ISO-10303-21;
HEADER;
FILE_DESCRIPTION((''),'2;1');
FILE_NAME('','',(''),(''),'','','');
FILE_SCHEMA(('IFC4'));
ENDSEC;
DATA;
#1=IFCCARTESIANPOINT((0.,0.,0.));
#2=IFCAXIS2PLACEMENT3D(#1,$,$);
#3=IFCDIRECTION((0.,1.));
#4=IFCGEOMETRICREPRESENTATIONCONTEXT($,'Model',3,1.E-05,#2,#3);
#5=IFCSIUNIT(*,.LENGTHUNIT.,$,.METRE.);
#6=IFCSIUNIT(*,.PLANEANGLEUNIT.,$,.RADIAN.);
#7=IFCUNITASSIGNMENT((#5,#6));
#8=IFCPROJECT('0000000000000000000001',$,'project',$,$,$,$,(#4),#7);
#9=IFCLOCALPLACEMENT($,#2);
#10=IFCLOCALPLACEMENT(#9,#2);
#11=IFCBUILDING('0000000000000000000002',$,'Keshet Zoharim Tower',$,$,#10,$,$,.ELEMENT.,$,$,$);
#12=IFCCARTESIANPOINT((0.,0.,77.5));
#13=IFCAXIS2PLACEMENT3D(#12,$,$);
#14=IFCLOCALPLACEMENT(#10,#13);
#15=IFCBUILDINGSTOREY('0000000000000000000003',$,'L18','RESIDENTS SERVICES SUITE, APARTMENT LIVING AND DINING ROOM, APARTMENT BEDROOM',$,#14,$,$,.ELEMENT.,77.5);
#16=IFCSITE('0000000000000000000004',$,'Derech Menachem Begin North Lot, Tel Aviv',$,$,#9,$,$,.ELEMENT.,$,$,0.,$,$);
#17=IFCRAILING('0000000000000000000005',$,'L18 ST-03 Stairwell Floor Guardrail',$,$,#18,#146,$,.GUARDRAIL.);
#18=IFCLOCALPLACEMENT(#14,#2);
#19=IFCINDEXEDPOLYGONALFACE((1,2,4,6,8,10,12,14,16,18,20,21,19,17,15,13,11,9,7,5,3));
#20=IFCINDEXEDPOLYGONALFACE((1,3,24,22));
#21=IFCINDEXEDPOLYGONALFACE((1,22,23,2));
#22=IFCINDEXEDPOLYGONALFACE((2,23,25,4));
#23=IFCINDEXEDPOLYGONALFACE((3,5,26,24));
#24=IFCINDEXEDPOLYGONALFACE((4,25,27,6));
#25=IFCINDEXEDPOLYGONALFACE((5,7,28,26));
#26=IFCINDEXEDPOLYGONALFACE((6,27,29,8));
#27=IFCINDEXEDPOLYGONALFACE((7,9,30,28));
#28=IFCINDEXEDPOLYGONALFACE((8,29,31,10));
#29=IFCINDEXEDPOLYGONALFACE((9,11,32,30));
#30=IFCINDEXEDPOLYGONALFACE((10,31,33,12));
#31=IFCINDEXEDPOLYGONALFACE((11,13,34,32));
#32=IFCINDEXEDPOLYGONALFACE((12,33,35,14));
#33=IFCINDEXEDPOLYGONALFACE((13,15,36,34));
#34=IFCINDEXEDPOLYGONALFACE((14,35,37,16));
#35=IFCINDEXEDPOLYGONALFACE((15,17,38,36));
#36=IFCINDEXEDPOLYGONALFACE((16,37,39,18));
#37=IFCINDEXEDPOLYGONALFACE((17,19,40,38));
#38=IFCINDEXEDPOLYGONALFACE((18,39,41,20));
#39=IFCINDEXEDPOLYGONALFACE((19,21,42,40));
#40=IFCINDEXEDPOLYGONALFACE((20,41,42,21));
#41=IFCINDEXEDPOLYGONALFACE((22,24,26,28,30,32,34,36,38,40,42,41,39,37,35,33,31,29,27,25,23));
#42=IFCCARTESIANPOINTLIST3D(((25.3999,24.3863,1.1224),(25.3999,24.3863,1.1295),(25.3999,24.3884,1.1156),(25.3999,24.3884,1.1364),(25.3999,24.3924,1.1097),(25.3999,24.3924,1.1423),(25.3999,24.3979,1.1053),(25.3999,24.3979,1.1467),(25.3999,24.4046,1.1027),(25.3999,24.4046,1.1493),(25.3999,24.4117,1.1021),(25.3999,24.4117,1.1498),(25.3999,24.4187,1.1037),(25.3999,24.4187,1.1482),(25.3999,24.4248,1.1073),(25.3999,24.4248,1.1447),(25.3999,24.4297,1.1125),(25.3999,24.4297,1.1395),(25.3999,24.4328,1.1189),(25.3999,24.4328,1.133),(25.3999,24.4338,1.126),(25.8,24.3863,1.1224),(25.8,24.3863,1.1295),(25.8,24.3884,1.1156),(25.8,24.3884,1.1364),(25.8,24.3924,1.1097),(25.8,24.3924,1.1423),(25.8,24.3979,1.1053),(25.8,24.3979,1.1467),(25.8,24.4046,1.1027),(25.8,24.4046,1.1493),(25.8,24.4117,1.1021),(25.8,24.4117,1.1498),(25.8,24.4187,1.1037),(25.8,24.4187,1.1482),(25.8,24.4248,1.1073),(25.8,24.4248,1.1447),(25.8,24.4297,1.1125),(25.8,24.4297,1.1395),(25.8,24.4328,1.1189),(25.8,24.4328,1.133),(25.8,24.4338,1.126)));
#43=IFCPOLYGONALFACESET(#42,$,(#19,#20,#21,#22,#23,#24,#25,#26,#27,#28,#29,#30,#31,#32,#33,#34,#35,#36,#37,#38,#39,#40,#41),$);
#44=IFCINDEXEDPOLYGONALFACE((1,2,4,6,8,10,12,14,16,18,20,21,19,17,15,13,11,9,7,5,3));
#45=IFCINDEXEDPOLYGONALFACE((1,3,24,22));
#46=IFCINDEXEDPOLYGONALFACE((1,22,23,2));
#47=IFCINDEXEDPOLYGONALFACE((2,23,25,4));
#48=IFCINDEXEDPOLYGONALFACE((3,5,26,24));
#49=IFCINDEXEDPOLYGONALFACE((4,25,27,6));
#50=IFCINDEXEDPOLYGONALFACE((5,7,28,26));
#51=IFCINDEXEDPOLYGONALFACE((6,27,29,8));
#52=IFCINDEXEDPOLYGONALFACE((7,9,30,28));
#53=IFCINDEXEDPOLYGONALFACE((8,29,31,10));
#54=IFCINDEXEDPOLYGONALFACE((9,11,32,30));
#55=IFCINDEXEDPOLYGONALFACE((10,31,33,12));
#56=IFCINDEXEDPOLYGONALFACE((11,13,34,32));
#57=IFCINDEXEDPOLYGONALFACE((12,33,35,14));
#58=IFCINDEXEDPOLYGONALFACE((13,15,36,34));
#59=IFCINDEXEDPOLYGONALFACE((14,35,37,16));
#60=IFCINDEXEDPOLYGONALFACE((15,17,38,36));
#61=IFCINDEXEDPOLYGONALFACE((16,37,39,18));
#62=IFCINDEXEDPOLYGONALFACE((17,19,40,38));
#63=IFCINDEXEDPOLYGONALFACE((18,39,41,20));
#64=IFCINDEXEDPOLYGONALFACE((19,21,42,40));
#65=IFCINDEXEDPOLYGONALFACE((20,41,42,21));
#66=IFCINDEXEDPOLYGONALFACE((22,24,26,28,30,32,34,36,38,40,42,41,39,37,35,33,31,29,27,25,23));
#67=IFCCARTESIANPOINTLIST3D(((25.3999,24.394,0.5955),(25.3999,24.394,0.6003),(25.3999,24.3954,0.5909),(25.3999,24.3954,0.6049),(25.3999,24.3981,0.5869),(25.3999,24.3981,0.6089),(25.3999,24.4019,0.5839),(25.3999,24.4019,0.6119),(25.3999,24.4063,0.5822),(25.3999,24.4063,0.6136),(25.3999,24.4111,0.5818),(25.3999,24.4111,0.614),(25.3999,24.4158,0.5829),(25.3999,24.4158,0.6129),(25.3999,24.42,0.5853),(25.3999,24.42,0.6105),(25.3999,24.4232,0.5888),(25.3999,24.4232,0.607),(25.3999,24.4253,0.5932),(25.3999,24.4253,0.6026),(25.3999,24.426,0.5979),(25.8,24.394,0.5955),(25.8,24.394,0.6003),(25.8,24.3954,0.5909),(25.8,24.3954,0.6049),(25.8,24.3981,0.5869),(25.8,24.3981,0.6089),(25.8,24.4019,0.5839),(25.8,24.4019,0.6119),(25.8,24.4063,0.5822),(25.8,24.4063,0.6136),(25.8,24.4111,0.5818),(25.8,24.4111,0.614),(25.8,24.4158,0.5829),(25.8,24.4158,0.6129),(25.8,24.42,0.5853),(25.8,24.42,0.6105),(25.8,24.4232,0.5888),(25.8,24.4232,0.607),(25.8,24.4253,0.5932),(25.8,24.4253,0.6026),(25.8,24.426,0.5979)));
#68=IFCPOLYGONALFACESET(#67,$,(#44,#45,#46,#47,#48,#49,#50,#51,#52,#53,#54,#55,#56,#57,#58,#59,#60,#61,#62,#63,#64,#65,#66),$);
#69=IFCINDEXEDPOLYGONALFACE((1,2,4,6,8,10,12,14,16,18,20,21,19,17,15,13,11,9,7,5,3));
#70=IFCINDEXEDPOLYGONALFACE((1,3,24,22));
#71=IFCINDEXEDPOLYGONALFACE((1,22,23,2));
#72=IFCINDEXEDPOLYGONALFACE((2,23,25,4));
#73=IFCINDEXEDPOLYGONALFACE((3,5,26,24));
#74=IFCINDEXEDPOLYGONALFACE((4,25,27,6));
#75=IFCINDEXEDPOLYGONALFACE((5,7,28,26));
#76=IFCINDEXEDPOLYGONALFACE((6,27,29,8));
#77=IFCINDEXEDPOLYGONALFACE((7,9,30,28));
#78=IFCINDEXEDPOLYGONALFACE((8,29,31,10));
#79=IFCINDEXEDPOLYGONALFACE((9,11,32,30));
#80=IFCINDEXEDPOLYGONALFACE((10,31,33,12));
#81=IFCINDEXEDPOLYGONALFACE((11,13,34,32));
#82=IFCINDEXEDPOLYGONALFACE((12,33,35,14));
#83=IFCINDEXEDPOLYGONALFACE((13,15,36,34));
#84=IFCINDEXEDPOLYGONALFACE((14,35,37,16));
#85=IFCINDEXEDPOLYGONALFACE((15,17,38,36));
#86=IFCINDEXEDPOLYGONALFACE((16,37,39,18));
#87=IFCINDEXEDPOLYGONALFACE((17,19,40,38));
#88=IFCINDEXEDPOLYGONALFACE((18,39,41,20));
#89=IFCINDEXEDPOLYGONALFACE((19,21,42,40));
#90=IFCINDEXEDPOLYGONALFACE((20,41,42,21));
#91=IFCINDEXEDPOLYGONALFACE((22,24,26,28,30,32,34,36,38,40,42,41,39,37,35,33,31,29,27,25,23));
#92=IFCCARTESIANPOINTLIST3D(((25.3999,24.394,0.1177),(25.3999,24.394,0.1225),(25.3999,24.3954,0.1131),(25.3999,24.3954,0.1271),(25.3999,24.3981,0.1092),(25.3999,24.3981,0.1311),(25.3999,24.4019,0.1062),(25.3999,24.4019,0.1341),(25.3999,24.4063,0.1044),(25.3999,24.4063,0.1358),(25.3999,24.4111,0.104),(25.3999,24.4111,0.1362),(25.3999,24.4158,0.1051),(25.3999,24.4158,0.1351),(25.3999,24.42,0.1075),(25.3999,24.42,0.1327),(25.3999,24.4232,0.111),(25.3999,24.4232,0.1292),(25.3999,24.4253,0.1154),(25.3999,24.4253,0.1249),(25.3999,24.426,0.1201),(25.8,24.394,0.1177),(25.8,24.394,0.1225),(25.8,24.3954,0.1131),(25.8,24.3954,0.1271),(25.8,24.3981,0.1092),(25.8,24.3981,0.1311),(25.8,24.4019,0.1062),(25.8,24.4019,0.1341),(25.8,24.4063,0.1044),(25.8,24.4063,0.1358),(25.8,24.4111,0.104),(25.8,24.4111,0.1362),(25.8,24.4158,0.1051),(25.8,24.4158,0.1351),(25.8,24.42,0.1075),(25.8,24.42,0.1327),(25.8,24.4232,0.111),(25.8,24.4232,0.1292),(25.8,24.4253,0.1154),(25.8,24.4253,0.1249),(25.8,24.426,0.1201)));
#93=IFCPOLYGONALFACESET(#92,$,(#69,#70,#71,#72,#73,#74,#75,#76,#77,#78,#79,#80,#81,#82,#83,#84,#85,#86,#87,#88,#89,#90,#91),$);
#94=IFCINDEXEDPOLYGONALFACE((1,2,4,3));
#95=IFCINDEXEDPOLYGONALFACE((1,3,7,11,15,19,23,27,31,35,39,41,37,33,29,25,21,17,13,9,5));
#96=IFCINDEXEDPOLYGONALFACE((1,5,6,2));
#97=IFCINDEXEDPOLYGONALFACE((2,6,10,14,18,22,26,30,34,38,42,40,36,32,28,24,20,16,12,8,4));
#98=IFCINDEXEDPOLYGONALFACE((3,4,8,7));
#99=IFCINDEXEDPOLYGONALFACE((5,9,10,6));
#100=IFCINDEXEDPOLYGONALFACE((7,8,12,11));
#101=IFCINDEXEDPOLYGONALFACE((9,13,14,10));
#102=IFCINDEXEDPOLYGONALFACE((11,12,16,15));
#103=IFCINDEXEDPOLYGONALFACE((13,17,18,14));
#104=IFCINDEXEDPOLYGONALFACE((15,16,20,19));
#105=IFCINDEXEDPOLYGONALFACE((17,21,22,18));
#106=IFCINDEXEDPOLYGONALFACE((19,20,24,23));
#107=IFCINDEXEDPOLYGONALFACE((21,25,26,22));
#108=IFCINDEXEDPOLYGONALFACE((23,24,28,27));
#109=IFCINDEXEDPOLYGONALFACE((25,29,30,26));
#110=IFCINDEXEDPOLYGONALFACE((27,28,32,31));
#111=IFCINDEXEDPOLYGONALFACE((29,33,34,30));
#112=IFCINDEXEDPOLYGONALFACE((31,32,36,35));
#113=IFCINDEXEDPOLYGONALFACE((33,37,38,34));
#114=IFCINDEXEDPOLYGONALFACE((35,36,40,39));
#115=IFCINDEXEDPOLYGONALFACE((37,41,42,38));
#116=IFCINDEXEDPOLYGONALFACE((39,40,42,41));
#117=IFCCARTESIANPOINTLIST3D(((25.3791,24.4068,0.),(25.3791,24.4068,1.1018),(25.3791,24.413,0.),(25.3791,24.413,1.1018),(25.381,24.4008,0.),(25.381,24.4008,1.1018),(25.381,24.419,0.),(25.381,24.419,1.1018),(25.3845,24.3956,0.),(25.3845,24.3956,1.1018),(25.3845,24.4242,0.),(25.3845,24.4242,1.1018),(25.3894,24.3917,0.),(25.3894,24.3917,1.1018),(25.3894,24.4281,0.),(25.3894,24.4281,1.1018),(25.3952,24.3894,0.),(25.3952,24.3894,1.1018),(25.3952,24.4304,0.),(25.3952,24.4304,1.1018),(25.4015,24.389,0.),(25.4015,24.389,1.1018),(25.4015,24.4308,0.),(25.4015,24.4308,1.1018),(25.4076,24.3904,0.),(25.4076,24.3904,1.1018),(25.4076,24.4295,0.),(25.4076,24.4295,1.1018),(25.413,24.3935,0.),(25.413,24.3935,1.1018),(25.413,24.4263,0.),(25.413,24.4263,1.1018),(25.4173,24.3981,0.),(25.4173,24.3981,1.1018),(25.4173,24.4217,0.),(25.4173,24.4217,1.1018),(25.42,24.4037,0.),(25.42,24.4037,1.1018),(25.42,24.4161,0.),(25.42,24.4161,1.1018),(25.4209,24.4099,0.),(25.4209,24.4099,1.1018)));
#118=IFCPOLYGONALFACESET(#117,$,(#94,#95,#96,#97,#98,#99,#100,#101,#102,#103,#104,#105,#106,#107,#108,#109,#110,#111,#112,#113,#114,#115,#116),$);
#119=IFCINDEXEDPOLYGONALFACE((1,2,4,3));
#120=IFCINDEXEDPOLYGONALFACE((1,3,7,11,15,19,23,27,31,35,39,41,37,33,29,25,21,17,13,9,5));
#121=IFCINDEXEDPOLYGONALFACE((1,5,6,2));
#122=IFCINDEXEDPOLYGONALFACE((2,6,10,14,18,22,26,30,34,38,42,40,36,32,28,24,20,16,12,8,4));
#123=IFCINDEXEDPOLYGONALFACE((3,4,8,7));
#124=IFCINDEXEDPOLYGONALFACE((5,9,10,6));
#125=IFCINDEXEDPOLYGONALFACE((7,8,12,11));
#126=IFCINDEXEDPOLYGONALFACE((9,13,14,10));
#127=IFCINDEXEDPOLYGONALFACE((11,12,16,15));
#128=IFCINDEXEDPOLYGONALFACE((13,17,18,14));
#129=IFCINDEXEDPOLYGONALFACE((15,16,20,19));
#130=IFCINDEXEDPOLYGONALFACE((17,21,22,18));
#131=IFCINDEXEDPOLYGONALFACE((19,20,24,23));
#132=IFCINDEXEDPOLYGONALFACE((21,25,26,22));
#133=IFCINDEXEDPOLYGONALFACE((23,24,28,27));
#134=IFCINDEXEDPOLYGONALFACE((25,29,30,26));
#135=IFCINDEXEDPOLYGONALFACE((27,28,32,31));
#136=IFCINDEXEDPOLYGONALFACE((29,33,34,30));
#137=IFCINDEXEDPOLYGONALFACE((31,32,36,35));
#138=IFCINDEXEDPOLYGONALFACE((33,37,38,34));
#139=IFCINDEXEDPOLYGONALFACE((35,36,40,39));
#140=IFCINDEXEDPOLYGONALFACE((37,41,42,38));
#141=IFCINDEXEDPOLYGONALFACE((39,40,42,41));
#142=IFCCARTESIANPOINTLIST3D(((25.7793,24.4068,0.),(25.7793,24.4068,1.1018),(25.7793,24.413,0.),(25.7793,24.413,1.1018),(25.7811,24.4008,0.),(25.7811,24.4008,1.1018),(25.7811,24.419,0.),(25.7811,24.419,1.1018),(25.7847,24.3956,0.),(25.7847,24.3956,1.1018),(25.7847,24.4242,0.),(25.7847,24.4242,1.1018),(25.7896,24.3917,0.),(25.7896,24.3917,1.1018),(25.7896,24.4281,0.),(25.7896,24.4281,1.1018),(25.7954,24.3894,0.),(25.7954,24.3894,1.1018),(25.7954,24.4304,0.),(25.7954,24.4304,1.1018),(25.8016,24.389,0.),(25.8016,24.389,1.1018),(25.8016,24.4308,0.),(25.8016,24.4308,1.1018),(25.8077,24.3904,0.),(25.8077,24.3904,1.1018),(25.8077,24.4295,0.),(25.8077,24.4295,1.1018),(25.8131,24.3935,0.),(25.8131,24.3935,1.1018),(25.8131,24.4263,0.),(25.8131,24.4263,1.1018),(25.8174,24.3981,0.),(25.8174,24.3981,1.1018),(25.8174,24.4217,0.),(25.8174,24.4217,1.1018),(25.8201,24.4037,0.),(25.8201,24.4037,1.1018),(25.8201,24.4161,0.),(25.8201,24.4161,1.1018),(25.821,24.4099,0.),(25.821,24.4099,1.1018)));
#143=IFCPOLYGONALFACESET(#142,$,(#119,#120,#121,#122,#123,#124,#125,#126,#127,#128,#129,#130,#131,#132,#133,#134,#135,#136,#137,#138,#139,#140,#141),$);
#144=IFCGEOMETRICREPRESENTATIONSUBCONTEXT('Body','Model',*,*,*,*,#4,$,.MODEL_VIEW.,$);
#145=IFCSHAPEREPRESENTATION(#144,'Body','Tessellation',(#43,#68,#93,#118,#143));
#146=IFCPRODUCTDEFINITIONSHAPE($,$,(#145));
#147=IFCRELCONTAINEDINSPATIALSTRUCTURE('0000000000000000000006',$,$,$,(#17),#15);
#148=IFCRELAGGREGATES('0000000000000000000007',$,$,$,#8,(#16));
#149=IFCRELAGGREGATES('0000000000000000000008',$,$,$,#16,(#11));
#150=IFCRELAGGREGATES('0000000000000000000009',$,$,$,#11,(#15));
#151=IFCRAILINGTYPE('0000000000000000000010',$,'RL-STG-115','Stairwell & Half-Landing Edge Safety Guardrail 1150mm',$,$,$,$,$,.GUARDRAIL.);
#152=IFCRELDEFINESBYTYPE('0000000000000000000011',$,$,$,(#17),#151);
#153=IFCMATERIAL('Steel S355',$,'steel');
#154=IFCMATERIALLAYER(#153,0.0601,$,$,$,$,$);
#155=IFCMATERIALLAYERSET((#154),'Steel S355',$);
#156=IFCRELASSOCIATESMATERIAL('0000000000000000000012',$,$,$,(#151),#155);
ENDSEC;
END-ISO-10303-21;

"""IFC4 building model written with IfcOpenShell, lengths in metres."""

from ifc_helpers import new_model, si_unit, direction, frame, origin, origin_2d, place, context, subcontext, project, spatial, circle, extrude, material, layer, layer_set, type_object, element, save


model = new_model("IFC4")

# Units and contexts
model_context = context("Model", 3, precision=1e-05, world=origin(), true_north=direction((0.0, 1.0)))
body_context = subcontext(model_context, "Body", "Model", "MODEL_VIEW")
ifc_project = project(units=[si_unit("LENGTHUNIT", "METRE"), si_unit("PLANEANGLEUNIT", "RADIAN")], contexts=[model_context])

# Site, building, storey
site_placement = place(None, origin())
site = spatial("IfcSite", under=ifc_project, at=site_placement, Name="Derech Menachem Begin North Lot, Tel Aviv", CompositionType="ELEMENT", RefElevation=0.0)
building_placement = place(site_placement, origin())
building = spatial("IfcBuilding", under=site, at=building_placement, Name="Keshet Zoharim Tower", CompositionType="ELEMENT")
storey_placement = place(building_placement, frame((0.0, 0.0, 77.5)))
storey = spatial("IfcBuildingStorey", under=building, at=storey_placement, Name="L18", Description="RESIDENTS SERVICES SUITE, APARTMENT LIVING AND DINING ROOM, APARTMENT BEDROOM", CompositionType="ELEMENT", Elevation=77.5)

# Shared definitions
ifc_material_1 = material(Name="Steel S355", Category="steel")

# Railing
ifc_layer_1 = layer(ifc_material_1, 0.0601)
ifc_layer_set_1 = layer_set([ifc_layer_1], Name="Steel S355")
railing_type = type_object("IfcRailingType", Name="RL-STG-115", Description="Stairwell & Half-Landing Edge Safety Guardrail 1150mm", PredefinedType="GUARDRAIL", material=ifc_layer_set_1)
railing_placement = place(storey_placement, frame((25.3999, 24.4099, 0.0)))
element("IfcRailing", 1, at=railing_placement, inside=storey, type_object=railing_type, Name="L18 ST-03 Stairwell Floor Guardrail", PredefinedType="GUARDRAIL", context=body_context, shape_type="SweptSolid", body=[
    extrude(circle(Radius=0.0239, at=origin_2d()), frame((0.0, 0.0, 1.126), z_axis=(1.0, 0.0, 0.0), x_axis=(0.0, 1.0, 0.0)), (0.0, 0.0, 1.0), 0.4001),
    extrude(circle(Radius=0.0161, at=origin_2d()), frame((0.0, 0.0, 0.5979), z_axis=(1.0, 0.0, 0.0), x_axis=(0.0, 1.0, 0.0)), (0.0, 0.0, 1.0), 0.4001),
    extrude(circle(Radius=0.0161, at=origin_2d()), frame((0.0, 0.0, 0.1201), z_axis=(1.0, 0.0, 0.0), x_axis=(0.0, 1.0, 0.0)), (0.0, 0.0, 1.0), 0.4001),
    extrude(circle(Radius=0.021, at=origin_2d()), origin(), (0.0, 0.0, 1.0), 1.1018),
    extrude(circle(Radius=0.021, at=origin_2d()), frame((0.4001, 0.0, 0.0)), (0.0, 0.0, 1.0), 1.1018),
])

save(model, "model.ifc")
